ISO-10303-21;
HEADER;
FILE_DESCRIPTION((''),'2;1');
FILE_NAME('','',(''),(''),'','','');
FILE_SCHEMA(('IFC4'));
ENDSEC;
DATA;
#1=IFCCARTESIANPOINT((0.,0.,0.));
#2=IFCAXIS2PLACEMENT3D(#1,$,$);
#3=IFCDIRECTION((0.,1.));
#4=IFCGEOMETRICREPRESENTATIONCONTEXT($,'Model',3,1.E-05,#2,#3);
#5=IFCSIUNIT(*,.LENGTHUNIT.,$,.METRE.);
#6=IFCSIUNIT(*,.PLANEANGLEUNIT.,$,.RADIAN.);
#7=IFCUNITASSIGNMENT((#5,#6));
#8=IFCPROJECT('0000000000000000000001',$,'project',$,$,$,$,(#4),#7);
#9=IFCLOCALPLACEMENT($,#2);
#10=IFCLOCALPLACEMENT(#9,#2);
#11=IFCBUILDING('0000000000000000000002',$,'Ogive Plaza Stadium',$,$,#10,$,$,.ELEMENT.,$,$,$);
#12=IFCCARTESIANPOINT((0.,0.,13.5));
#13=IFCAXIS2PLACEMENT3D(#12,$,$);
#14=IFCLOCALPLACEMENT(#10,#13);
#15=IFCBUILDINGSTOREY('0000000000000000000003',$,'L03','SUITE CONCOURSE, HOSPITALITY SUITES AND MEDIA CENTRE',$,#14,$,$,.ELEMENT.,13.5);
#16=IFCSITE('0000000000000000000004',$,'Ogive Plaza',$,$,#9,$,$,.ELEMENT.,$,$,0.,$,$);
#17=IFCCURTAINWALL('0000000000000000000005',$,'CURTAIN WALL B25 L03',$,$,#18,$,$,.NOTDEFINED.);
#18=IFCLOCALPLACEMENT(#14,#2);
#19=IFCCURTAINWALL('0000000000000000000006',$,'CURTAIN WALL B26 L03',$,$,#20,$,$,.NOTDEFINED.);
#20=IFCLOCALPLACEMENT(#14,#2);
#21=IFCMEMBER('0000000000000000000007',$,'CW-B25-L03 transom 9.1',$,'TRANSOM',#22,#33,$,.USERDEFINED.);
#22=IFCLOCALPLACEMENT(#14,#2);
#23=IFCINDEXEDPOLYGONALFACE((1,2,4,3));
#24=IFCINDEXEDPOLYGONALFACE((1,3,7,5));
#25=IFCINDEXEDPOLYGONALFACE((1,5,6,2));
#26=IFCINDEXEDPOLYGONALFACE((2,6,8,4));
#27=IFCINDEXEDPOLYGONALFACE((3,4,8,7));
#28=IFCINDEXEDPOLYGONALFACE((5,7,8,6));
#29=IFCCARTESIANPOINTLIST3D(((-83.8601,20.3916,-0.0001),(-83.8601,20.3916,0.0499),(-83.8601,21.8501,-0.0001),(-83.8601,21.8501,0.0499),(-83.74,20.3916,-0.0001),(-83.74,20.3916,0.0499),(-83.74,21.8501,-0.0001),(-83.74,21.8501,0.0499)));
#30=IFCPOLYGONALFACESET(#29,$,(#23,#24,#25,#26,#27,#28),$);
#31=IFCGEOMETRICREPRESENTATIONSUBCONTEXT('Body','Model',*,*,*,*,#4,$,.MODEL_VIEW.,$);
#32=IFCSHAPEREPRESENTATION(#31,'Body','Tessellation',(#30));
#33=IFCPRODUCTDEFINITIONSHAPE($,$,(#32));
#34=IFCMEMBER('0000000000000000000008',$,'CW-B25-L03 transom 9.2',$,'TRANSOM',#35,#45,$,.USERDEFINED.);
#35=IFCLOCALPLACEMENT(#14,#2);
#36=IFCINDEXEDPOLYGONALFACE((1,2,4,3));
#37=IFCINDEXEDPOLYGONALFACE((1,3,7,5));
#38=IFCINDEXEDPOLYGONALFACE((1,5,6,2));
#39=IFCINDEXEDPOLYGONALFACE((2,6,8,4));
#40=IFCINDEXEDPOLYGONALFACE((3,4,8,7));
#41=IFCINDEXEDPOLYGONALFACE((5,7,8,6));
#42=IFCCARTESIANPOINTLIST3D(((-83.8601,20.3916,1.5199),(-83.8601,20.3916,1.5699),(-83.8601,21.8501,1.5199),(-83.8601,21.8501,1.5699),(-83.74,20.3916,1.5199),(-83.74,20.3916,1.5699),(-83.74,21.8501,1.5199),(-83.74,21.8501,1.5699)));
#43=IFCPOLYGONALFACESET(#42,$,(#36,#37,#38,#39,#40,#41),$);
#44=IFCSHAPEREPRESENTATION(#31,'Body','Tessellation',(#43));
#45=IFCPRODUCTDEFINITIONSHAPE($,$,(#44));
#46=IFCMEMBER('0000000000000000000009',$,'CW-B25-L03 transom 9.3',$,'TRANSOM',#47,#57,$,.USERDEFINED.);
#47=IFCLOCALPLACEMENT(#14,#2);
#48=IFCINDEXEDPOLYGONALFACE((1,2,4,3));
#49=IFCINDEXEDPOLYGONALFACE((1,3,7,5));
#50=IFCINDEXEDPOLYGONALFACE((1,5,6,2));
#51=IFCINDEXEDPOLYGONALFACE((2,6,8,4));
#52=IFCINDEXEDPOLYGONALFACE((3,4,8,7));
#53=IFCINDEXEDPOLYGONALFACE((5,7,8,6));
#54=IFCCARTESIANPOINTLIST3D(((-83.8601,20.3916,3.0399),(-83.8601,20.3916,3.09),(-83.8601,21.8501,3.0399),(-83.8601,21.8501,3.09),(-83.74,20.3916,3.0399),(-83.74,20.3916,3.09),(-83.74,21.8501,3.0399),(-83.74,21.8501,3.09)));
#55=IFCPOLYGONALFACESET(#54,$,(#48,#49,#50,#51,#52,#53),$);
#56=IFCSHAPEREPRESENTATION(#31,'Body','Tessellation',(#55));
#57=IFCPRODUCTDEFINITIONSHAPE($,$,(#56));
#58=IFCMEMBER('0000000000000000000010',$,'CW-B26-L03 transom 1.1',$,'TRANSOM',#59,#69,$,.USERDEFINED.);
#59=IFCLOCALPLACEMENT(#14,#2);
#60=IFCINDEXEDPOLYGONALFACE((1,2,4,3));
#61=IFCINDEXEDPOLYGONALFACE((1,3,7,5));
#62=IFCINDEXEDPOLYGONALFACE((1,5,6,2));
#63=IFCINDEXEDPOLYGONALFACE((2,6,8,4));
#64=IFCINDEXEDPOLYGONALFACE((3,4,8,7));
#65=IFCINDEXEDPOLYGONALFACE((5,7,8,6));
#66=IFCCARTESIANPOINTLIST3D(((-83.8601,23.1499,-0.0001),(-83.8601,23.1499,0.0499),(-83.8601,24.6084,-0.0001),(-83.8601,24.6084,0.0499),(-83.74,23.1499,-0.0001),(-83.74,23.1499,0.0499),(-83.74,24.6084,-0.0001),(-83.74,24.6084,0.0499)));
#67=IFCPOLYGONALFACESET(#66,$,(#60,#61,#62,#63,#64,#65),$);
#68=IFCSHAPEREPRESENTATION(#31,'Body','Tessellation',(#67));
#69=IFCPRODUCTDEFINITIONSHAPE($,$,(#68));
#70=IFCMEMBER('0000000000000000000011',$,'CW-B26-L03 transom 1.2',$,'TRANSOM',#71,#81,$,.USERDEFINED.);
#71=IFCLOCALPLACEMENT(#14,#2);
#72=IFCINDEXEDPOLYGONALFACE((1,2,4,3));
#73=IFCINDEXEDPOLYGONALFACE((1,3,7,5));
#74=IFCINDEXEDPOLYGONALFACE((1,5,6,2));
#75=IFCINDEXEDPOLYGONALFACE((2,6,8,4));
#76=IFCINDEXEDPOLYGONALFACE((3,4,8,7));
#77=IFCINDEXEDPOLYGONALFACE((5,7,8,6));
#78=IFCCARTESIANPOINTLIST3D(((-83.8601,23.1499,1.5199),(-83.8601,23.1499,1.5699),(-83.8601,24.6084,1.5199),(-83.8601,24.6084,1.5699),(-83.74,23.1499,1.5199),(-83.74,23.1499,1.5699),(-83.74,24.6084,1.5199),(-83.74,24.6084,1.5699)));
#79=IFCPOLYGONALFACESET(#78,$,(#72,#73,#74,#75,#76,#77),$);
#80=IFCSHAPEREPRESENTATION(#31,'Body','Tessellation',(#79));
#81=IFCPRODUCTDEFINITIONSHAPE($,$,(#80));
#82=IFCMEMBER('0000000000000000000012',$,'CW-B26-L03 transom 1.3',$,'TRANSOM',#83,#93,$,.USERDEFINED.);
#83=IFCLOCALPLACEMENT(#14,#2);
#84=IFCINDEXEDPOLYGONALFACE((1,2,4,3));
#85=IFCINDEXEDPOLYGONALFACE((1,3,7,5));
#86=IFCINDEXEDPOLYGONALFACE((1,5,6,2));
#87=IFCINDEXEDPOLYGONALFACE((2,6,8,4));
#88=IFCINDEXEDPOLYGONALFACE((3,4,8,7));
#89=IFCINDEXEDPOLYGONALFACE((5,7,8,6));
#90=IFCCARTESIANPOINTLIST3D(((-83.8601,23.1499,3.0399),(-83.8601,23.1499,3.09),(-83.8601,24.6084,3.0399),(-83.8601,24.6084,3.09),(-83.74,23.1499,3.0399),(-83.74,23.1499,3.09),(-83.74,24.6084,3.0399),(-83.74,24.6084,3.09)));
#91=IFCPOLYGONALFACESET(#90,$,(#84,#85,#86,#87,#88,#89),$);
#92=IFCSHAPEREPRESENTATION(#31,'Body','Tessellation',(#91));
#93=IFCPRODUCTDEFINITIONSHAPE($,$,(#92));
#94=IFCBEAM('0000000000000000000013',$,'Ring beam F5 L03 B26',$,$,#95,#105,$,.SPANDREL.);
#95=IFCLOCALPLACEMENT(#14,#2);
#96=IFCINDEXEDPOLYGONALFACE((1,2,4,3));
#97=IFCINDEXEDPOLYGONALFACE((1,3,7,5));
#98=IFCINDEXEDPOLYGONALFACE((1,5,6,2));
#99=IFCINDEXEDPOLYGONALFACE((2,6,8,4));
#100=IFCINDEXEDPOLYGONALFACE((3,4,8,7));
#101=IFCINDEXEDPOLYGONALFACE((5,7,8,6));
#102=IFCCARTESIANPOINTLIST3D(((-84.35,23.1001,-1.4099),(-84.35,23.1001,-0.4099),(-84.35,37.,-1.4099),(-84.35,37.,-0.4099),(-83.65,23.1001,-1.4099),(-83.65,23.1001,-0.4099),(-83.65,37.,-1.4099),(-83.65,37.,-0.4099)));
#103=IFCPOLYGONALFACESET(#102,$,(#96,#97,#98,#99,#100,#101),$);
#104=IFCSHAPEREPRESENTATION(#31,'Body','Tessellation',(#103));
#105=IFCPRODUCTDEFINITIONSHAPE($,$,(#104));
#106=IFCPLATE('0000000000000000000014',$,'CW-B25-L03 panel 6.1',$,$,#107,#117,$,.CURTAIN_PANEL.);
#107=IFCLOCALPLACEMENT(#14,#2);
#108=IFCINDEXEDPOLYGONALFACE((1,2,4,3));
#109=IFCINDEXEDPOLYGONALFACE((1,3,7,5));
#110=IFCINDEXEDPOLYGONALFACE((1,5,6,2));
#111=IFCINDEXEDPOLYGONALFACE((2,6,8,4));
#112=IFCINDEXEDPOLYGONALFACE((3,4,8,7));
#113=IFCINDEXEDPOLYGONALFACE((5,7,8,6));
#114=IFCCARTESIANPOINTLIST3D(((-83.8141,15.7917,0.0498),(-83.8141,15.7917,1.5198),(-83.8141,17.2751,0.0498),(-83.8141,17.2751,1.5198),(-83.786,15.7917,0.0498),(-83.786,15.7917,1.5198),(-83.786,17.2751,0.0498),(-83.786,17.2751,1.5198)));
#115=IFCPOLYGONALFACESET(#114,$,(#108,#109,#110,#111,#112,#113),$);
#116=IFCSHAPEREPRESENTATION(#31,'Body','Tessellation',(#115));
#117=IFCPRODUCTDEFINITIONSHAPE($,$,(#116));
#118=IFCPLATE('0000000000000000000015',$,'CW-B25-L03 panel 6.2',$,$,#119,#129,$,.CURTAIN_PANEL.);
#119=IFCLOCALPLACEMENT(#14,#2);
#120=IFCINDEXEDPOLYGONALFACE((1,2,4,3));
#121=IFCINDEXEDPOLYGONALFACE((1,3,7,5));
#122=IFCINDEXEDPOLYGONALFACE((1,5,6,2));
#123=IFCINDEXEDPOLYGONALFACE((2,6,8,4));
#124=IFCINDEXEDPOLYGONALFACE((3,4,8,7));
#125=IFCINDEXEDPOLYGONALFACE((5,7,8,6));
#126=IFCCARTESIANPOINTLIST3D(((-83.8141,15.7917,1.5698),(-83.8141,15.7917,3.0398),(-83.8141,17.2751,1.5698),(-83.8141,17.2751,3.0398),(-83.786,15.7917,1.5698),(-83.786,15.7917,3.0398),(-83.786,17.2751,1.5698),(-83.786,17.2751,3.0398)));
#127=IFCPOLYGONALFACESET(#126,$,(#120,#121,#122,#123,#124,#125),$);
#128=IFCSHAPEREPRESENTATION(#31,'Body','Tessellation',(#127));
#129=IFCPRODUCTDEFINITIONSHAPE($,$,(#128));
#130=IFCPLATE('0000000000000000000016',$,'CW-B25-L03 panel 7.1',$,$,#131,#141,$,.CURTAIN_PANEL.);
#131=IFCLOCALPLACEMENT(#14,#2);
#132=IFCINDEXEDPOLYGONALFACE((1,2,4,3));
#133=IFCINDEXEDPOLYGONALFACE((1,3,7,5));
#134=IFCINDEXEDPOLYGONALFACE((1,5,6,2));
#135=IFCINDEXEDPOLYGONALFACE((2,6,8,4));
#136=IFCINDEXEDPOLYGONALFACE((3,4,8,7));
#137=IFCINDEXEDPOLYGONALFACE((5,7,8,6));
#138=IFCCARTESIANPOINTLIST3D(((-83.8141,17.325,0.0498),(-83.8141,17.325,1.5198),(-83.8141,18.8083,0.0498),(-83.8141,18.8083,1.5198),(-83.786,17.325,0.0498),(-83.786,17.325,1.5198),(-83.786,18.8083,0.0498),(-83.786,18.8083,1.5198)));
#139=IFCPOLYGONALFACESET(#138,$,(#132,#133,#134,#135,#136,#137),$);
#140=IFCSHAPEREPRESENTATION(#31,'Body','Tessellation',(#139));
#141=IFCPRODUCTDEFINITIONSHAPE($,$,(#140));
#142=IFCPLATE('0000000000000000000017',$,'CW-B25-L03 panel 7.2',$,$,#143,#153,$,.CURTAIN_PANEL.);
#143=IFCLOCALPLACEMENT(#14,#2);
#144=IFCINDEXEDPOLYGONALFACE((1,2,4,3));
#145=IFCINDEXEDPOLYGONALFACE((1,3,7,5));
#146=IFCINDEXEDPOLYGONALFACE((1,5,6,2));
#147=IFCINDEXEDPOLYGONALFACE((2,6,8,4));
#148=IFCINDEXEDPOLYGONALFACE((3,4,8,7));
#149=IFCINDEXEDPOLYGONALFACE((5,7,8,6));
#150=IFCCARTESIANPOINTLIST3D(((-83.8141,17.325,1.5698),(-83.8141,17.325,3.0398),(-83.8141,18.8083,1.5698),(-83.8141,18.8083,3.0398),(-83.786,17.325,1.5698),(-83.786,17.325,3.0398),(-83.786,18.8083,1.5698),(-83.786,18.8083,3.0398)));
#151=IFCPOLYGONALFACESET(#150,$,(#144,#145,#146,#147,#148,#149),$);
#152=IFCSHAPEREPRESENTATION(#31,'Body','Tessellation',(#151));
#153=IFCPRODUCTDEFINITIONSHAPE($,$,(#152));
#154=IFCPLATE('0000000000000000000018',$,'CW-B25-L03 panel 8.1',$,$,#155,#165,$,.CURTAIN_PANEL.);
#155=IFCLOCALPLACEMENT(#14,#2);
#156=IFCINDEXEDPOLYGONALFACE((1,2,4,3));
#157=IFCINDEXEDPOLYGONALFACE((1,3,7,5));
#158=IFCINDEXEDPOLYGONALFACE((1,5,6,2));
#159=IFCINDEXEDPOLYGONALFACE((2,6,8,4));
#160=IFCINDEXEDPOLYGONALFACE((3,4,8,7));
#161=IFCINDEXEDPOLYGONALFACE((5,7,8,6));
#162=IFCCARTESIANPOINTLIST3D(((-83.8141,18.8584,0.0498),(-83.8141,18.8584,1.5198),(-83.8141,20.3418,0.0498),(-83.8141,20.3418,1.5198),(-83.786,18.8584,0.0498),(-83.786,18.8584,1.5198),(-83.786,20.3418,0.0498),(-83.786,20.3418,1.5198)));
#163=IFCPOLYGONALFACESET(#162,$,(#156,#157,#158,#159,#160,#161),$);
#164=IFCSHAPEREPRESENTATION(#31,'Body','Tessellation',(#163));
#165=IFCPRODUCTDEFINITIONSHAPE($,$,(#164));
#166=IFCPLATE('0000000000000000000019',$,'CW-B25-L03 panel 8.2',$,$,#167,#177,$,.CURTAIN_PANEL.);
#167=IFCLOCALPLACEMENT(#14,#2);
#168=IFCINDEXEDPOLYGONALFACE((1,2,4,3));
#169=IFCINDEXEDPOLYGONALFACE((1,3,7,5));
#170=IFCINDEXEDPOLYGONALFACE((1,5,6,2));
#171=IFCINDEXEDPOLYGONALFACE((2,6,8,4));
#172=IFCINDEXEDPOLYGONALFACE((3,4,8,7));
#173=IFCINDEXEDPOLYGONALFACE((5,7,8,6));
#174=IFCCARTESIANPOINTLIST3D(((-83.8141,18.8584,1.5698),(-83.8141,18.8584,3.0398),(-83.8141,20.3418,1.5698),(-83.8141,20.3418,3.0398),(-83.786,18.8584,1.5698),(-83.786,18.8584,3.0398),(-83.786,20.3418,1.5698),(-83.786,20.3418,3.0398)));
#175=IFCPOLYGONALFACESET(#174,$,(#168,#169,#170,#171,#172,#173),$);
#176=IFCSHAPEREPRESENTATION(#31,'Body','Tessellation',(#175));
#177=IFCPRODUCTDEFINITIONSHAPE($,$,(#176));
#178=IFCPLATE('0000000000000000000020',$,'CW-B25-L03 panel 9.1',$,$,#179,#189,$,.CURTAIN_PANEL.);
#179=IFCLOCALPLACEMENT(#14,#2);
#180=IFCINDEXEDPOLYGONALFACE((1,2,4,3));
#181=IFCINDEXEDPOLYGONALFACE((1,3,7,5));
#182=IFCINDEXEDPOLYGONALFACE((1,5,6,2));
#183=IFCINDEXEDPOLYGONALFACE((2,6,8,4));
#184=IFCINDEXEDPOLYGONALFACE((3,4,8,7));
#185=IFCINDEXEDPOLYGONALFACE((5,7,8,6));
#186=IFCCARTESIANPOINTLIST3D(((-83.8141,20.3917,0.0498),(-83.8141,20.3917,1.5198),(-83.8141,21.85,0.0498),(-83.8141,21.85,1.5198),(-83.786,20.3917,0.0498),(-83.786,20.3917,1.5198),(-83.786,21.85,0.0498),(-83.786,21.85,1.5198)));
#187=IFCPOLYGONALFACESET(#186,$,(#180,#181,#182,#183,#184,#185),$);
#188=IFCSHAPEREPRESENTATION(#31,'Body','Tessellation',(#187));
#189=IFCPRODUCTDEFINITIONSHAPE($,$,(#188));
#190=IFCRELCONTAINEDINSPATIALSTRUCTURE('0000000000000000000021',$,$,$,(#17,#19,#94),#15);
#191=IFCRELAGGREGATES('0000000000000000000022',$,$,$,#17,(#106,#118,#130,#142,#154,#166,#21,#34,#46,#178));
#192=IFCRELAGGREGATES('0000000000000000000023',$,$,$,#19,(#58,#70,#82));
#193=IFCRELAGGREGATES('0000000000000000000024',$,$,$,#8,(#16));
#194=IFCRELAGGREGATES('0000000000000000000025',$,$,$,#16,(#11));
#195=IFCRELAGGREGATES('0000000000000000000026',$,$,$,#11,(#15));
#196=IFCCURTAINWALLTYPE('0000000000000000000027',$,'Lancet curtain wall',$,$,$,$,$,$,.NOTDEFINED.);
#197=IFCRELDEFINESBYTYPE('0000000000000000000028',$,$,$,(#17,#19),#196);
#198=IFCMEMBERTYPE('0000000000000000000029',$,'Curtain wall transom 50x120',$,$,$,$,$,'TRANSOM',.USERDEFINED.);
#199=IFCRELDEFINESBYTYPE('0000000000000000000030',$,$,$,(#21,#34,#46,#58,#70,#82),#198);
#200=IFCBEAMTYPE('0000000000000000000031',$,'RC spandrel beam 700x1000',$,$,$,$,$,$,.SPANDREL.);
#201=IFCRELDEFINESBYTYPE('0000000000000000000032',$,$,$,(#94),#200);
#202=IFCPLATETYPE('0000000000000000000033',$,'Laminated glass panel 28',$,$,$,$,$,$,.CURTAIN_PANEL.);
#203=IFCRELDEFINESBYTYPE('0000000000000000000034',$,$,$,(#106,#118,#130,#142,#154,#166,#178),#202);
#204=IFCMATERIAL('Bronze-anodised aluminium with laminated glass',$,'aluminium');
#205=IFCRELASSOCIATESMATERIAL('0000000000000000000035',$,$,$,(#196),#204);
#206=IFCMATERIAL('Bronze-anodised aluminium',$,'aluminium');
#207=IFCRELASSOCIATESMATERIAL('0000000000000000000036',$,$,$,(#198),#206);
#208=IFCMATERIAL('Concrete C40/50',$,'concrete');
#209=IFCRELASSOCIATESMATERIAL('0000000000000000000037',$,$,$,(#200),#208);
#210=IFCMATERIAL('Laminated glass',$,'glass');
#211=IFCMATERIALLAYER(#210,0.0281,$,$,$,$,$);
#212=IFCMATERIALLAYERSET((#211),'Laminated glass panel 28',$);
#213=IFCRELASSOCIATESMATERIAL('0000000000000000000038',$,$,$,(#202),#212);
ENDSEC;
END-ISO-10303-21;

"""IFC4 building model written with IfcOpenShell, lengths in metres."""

from ifc_helpers import new_model, si_unit, direction, frame, origin, origin_2d, place, context, subcontext, project, spatial, rectangle, extrude, material, layer, layer_set, material_profile, profile_set, type_object, element, aggregate, save


model = new_model("IFC4")

# Units and contexts
model_context = context("Model", 3, precision=1e-05, world=origin(), true_north=direction((0.0, 1.0)))
body_context = subcontext(model_context, "Body", "Model", "MODEL_VIEW")
ifc_project = project(units=[si_unit("LENGTHUNIT", "METRE"), si_unit("PLANEANGLEUNIT", "RADIAN")], contexts=[model_context])

# Site, building, storey
site_placement = place(None, origin())
site = spatial("IfcSite", under=ifc_project, at=site_placement, Name="Ogive Plaza", CompositionType="ELEMENT", RefElevation=0.0)
building_placement = place(site_placement, origin())
building = spatial("IfcBuilding", under=site, at=building_placement, Name="Ogive Plaza Stadium", CompositionType="ELEMENT")
storey_placement = place(building_placement, frame((0.0, 0.0, 13.5)))
storey = spatial("IfcBuildingStorey", under=building, at=storey_placement, Name="L03", Description="SUITE CONCOURSE, HOSPITALITY SUITES AND MEDIA CENTRE", CompositionType="ELEMENT", Elevation=13.5)

# Curtain walls
ifc_material_1 = material(Name="Bronze-anodised aluminium with laminated glass", Category="aluminium")
curtain_wall_type = type_object("IfcCurtainWallType", Name="Lancet curtain wall", PredefinedType="NOTDEFINED", material=ifc_material_1)
curtain_wall_1_placement = place(storey_placement, origin())
curtain_wall_1 = element("IfcCurtainWall", 1, at=curtain_wall_1_placement, inside=storey, type_object=curtain_wall_type, Name="CURTAIN WALL B25 L03", PredefinedType="NOTDEFINED")
curtain_wall_2_placement = place(storey_placement, origin())
curtain_wall_2 = element("IfcCurtainWall", 2, at=curtain_wall_2_placement, inside=storey, type_object=curtain_wall_type, Name="CURTAIN WALL B26 L03", PredefinedType="NOTDEFINED")

# Members
ifc_material_2 = material(Name="Bronze-anodised aluminium", Category="aluminium")
ifc_material_profile_1 = material_profile(ifc_material_2, rectangle(XDim=0.1201, YDim=0.05, at=origin_2d()), Name="AL 120x50")
ifc_profile_set_1 = profile_set([ifc_material_profile_1], Name="Bronze-anodised aluminium")
member_type_1 = type_object("IfcMemberType", Name="Curtain wall transom 50x120", ElementType="TRANSOM", PredefinedType="USERDEFINED", material=ifc_profile_set_1)
member_1_placement = place(storey_placement, frame((-83.8, 20.3916, 0.0249), z_axis=(0.0, 1.0, 0.0), x_axis=(-1.0, 0.0, 0.0)))
member_1 = element("IfcMember", 3, at=member_1_placement, type_object=member_type_1, Name="CW-B25-L03 transom 9.1", ObjectType="TRANSOM", PredefinedType="USERDEFINED", context=body_context, shape_type="SweptSolid", body=[
    extrude(rectangle(XDim=0.1201, YDim=0.05, at=origin_2d()), origin(), (0.0, 0.0, 1.0), 1.4585),
])
member_2_placement = place(storey_placement, frame((-83.8, 20.3916, 1.5449), z_axis=(0.0, 1.0, 0.0), x_axis=(-1.0, 0.0, 0.0)))
member_2 = element("IfcMember", 4, at=member_2_placement, type_object=member_type_1, Name="CW-B25-L03 transom 9.2", ObjectType="TRANSOM", PredefinedType="USERDEFINED", context=body_context, shape_type="SweptSolid", body=[
    extrude(rectangle(XDim=0.1201, YDim=0.05, at=origin_2d()), origin(), (0.0, 0.0, 1.0), 1.4585),
])
member_3_placement = place(storey_placement, frame((-83.8, 20.3916, 3.0649), z_axis=(0.0, 1.0, 0.0), x_axis=(-1.0, 0.0, 0.0)))
member_3 = element("IfcMember", 5, at=member_3_placement, type_object=member_type_1, Name="CW-B25-L03 transom 9.3", ObjectType="TRANSOM", PredefinedType="USERDEFINED", context=body_context, shape_type="SweptSolid", body=[
    extrude(rectangle(XDim=0.1201, YDim=0.05, at=origin_2d()), origin(), (0.0, 0.0, 1.0), 1.4585),
])
member_4_placement = place(storey_placement, frame((-83.8, 23.1499, 0.0249), z_axis=(0.0, 1.0, 0.0), x_axis=(-1.0, 0.0, 0.0)))
member_4 = element("IfcMember", 6, at=member_4_placement, type_object=member_type_1, Name="CW-B26-L03 transom 1.1", ObjectType="TRANSOM", PredefinedType="USERDEFINED", context=body_context, shape_type="SweptSolid", body=[
    extrude(rectangle(XDim=0.1201, YDim=0.05, at=origin_2d()), origin(), (0.0, 0.0, 1.0), 1.4585),
])
member_5_placement = place(storey_placement, frame((-83.8, 23.1499, 1.5449), z_axis=(0.0, 1.0, 0.0), x_axis=(-1.0, 0.0, 0.0)))
member_5 = element("IfcMember", 7, at=member_5_placement, type_object=member_type_1, Name="CW-B26-L03 transom 1.2", ObjectType="TRANSOM", PredefinedType="USERDEFINED", context=body_context, shape_type="SweptSolid", body=[
    extrude(rectangle(XDim=0.1201, YDim=0.05, at=origin_2d()), origin(), (0.0, 0.0, 1.0), 1.4585),
])
member_6_placement = place(storey_placement, frame((-83.8, 23.1499, 3.0649), z_axis=(0.0, 1.0, 0.0), x_axis=(-1.0, 0.0, 0.0)))
member_6 = element("IfcMember", 8, at=member_6_placement, type_object=member_type_1, Name="CW-B26-L03 transom 1.3", ObjectType="TRANSOM", PredefinedType="USERDEFINED", context=body_context, shape_type="SweptSolid", body=[
    extrude(rectangle(XDim=0.1201, YDim=0.05, at=origin_2d()), origin(), (0.0, 0.0, 1.0), 1.4585),
])

# Beam
ifc_material_3 = material(Name="Concrete C40/50", Category="concrete")
ifc_material_profile_2 = material_profile(ifc_material_3, rectangle(XDim=0.7, YDim=1.0, at=origin_2d()), Name="RC 700x1000")
ifc_profile_set_2 = profile_set([ifc_material_profile_2], Name="Concrete C40/50")
beam_type = type_object("IfcBeamType", Name="RC spandrel beam 700x1000", PredefinedType="SPANDREL", material=ifc_profile_set_2)
beam_placement = place(storey_placement, frame((-84.0, 23.1001, -0.9099), z_axis=(0.0, 1.0, 0.0), x_axis=(-1.0, 0.0, 0.0)))
element("IfcBeam", 9, at=beam_placement, inside=storey, type_object=beam_type, Name="Ring beam F5 L03 B26", PredefinedType="SPANDREL", context=body_context, shape_type="SweptSolid", body=[
    extrude(rectangle(XDim=0.7, YDim=1.0, at=origin_2d()), origin(), (0.0, 0.0, 1.0), 13.8999),
])

# Plates
ifc_material_4 = material(Name="Laminated glass", Category="glass")
ifc_layer = layer(ifc_material_4, 0.0281)
ifc_layer_set = layer_set([ifc_layer], Name="Laminated glass panel 28")
plate_type = type_object("IfcPlateType", Name="Laminated glass panel 28", PredefinedType="CURTAIN_PANEL", material=ifc_layer_set)
plate_1_placement = place(storey_placement, frame((-83.8, 16.5334, 0.0498), z_axis=(0.0, 0.0, 1.0), x_axis=(0.0, 1.0, 0.0)))
plate_1 = element("IfcPlate", 10, at=plate_1_placement, type_object=plate_type, Name="CW-B25-L03 panel 6.1", PredefinedType="CURTAIN_PANEL", context=body_context, shape_type="SweptSolid", body=[
    extrude(rectangle(XDim=1.4834, YDim=0.0281, at=origin_2d()), origin(), (0.0, 0.0, 1.0), 1.47),
])
plate_2_placement = place(storey_placement, frame((-83.8, 16.5334, 1.5698), z_axis=(0.0, 0.0, 1.0), x_axis=(0.0, 1.0, 0.0)))
plate_2 = element("IfcPlate", 11, at=plate_2_placement, type_object=plate_type, Name="CW-B25-L03 panel 6.2", PredefinedType="CURTAIN_PANEL", context=body_context, shape_type="SweptSolid", body=[
    extrude(rectangle(XDim=1.4834, YDim=0.0281, at=origin_2d()), origin(), (0.0, 0.0, 1.0), 1.47),
])
plate_3_placement = place(storey_placement, frame((-83.8, 18.0667, 0.0498), z_axis=(0.0, 0.0, 1.0), x_axis=(0.0, 1.0, 0.0)))
plate_3 = element("IfcPlate", 12, at=plate_3_placement, type_object=plate_type, Name="CW-B25-L03 panel 7.1", PredefinedType="CURTAIN_PANEL", context=body_context, shape_type="SweptSolid", body=[
    extrude(rectangle(XDim=1.4834, YDim=0.0281, at=origin_2d()), origin(), (0.0, 0.0, 1.0), 1.47),
])
plate_4_placement = place(storey_placement, frame((-83.8, 18.0667, 1.5698), z_axis=(0.0, 0.0, 1.0), x_axis=(0.0, 1.0, 0.0)))
plate_4 = element("IfcPlate", 13, at=plate_4_placement, type_object=plate_type, Name="CW-B25-L03 panel 7.2", PredefinedType="CURTAIN_PANEL", context=body_context, shape_type="SweptSolid", body=[
    extrude(rectangle(XDim=1.4834, YDim=0.0281, at=origin_2d()), origin(), (0.0, 0.0, 1.0), 1.47),
])
plate_5_placement = place(storey_placement, frame((-83.8, 19.6001, 0.0498), z_axis=(0.0, 0.0, 1.0), x_axis=(0.0, 1.0, 0.0)))
plate_5 = element("IfcPlate", 14, at=plate_5_placement, type_object=plate_type, Name="CW-B25-L03 panel 8.1", PredefinedType="CURTAIN_PANEL", context=body_context, shape_type="SweptSolid", body=[
    extrude(rectangle(XDim=1.4834, YDim=0.0281, at=origin_2d()), origin(), (0.0, 0.0, 1.0), 1.47),
])
plate_6_placement = place(storey_placement, frame((-83.8, 19.6001, 1.5698), z_axis=(0.0, 0.0, 1.0), x_axis=(0.0, 1.0, 0.0)))
plate_6 = element("IfcPlate", 15, at=plate_6_placement, type_object=plate_type, Name="CW-B25-L03 panel 8.2", PredefinedType="CURTAIN_PANEL", context=body_context, shape_type="SweptSolid", body=[
    extrude(rectangle(XDim=1.4834, YDim=0.0281, at=origin_2d()), origin(), (0.0, 0.0, 1.0), 1.47),
])
plate_7_placement = place(storey_placement, frame((-83.8, 21.1208, 0.0498), z_axis=(0.0, 0.0, 1.0), x_axis=(0.0, 1.0, 0.0)))
plate_7 = element("IfcPlate", 16, at=plate_7_placement, type_object=plate_type, Name="CW-B25-L03 panel 9.1", PredefinedType="CURTAIN_PANEL", context=body_context, shape_type="SweptSolid", body=[
    extrude(rectangle(XDim=1.4583, YDim=0.0281, at=origin_2d()), origin(), (0.0, 0.0, 1.0), 1.47),
])
aggregate(curtain_wall_1, [plate_1, plate_2, plate_3, plate_4, plate_5, plate_6, member_1, member_2, member_3, plate_7])
aggregate(curtain_wall_2, [member_4, member_5, member_6])

save(model, "model.ifc")
